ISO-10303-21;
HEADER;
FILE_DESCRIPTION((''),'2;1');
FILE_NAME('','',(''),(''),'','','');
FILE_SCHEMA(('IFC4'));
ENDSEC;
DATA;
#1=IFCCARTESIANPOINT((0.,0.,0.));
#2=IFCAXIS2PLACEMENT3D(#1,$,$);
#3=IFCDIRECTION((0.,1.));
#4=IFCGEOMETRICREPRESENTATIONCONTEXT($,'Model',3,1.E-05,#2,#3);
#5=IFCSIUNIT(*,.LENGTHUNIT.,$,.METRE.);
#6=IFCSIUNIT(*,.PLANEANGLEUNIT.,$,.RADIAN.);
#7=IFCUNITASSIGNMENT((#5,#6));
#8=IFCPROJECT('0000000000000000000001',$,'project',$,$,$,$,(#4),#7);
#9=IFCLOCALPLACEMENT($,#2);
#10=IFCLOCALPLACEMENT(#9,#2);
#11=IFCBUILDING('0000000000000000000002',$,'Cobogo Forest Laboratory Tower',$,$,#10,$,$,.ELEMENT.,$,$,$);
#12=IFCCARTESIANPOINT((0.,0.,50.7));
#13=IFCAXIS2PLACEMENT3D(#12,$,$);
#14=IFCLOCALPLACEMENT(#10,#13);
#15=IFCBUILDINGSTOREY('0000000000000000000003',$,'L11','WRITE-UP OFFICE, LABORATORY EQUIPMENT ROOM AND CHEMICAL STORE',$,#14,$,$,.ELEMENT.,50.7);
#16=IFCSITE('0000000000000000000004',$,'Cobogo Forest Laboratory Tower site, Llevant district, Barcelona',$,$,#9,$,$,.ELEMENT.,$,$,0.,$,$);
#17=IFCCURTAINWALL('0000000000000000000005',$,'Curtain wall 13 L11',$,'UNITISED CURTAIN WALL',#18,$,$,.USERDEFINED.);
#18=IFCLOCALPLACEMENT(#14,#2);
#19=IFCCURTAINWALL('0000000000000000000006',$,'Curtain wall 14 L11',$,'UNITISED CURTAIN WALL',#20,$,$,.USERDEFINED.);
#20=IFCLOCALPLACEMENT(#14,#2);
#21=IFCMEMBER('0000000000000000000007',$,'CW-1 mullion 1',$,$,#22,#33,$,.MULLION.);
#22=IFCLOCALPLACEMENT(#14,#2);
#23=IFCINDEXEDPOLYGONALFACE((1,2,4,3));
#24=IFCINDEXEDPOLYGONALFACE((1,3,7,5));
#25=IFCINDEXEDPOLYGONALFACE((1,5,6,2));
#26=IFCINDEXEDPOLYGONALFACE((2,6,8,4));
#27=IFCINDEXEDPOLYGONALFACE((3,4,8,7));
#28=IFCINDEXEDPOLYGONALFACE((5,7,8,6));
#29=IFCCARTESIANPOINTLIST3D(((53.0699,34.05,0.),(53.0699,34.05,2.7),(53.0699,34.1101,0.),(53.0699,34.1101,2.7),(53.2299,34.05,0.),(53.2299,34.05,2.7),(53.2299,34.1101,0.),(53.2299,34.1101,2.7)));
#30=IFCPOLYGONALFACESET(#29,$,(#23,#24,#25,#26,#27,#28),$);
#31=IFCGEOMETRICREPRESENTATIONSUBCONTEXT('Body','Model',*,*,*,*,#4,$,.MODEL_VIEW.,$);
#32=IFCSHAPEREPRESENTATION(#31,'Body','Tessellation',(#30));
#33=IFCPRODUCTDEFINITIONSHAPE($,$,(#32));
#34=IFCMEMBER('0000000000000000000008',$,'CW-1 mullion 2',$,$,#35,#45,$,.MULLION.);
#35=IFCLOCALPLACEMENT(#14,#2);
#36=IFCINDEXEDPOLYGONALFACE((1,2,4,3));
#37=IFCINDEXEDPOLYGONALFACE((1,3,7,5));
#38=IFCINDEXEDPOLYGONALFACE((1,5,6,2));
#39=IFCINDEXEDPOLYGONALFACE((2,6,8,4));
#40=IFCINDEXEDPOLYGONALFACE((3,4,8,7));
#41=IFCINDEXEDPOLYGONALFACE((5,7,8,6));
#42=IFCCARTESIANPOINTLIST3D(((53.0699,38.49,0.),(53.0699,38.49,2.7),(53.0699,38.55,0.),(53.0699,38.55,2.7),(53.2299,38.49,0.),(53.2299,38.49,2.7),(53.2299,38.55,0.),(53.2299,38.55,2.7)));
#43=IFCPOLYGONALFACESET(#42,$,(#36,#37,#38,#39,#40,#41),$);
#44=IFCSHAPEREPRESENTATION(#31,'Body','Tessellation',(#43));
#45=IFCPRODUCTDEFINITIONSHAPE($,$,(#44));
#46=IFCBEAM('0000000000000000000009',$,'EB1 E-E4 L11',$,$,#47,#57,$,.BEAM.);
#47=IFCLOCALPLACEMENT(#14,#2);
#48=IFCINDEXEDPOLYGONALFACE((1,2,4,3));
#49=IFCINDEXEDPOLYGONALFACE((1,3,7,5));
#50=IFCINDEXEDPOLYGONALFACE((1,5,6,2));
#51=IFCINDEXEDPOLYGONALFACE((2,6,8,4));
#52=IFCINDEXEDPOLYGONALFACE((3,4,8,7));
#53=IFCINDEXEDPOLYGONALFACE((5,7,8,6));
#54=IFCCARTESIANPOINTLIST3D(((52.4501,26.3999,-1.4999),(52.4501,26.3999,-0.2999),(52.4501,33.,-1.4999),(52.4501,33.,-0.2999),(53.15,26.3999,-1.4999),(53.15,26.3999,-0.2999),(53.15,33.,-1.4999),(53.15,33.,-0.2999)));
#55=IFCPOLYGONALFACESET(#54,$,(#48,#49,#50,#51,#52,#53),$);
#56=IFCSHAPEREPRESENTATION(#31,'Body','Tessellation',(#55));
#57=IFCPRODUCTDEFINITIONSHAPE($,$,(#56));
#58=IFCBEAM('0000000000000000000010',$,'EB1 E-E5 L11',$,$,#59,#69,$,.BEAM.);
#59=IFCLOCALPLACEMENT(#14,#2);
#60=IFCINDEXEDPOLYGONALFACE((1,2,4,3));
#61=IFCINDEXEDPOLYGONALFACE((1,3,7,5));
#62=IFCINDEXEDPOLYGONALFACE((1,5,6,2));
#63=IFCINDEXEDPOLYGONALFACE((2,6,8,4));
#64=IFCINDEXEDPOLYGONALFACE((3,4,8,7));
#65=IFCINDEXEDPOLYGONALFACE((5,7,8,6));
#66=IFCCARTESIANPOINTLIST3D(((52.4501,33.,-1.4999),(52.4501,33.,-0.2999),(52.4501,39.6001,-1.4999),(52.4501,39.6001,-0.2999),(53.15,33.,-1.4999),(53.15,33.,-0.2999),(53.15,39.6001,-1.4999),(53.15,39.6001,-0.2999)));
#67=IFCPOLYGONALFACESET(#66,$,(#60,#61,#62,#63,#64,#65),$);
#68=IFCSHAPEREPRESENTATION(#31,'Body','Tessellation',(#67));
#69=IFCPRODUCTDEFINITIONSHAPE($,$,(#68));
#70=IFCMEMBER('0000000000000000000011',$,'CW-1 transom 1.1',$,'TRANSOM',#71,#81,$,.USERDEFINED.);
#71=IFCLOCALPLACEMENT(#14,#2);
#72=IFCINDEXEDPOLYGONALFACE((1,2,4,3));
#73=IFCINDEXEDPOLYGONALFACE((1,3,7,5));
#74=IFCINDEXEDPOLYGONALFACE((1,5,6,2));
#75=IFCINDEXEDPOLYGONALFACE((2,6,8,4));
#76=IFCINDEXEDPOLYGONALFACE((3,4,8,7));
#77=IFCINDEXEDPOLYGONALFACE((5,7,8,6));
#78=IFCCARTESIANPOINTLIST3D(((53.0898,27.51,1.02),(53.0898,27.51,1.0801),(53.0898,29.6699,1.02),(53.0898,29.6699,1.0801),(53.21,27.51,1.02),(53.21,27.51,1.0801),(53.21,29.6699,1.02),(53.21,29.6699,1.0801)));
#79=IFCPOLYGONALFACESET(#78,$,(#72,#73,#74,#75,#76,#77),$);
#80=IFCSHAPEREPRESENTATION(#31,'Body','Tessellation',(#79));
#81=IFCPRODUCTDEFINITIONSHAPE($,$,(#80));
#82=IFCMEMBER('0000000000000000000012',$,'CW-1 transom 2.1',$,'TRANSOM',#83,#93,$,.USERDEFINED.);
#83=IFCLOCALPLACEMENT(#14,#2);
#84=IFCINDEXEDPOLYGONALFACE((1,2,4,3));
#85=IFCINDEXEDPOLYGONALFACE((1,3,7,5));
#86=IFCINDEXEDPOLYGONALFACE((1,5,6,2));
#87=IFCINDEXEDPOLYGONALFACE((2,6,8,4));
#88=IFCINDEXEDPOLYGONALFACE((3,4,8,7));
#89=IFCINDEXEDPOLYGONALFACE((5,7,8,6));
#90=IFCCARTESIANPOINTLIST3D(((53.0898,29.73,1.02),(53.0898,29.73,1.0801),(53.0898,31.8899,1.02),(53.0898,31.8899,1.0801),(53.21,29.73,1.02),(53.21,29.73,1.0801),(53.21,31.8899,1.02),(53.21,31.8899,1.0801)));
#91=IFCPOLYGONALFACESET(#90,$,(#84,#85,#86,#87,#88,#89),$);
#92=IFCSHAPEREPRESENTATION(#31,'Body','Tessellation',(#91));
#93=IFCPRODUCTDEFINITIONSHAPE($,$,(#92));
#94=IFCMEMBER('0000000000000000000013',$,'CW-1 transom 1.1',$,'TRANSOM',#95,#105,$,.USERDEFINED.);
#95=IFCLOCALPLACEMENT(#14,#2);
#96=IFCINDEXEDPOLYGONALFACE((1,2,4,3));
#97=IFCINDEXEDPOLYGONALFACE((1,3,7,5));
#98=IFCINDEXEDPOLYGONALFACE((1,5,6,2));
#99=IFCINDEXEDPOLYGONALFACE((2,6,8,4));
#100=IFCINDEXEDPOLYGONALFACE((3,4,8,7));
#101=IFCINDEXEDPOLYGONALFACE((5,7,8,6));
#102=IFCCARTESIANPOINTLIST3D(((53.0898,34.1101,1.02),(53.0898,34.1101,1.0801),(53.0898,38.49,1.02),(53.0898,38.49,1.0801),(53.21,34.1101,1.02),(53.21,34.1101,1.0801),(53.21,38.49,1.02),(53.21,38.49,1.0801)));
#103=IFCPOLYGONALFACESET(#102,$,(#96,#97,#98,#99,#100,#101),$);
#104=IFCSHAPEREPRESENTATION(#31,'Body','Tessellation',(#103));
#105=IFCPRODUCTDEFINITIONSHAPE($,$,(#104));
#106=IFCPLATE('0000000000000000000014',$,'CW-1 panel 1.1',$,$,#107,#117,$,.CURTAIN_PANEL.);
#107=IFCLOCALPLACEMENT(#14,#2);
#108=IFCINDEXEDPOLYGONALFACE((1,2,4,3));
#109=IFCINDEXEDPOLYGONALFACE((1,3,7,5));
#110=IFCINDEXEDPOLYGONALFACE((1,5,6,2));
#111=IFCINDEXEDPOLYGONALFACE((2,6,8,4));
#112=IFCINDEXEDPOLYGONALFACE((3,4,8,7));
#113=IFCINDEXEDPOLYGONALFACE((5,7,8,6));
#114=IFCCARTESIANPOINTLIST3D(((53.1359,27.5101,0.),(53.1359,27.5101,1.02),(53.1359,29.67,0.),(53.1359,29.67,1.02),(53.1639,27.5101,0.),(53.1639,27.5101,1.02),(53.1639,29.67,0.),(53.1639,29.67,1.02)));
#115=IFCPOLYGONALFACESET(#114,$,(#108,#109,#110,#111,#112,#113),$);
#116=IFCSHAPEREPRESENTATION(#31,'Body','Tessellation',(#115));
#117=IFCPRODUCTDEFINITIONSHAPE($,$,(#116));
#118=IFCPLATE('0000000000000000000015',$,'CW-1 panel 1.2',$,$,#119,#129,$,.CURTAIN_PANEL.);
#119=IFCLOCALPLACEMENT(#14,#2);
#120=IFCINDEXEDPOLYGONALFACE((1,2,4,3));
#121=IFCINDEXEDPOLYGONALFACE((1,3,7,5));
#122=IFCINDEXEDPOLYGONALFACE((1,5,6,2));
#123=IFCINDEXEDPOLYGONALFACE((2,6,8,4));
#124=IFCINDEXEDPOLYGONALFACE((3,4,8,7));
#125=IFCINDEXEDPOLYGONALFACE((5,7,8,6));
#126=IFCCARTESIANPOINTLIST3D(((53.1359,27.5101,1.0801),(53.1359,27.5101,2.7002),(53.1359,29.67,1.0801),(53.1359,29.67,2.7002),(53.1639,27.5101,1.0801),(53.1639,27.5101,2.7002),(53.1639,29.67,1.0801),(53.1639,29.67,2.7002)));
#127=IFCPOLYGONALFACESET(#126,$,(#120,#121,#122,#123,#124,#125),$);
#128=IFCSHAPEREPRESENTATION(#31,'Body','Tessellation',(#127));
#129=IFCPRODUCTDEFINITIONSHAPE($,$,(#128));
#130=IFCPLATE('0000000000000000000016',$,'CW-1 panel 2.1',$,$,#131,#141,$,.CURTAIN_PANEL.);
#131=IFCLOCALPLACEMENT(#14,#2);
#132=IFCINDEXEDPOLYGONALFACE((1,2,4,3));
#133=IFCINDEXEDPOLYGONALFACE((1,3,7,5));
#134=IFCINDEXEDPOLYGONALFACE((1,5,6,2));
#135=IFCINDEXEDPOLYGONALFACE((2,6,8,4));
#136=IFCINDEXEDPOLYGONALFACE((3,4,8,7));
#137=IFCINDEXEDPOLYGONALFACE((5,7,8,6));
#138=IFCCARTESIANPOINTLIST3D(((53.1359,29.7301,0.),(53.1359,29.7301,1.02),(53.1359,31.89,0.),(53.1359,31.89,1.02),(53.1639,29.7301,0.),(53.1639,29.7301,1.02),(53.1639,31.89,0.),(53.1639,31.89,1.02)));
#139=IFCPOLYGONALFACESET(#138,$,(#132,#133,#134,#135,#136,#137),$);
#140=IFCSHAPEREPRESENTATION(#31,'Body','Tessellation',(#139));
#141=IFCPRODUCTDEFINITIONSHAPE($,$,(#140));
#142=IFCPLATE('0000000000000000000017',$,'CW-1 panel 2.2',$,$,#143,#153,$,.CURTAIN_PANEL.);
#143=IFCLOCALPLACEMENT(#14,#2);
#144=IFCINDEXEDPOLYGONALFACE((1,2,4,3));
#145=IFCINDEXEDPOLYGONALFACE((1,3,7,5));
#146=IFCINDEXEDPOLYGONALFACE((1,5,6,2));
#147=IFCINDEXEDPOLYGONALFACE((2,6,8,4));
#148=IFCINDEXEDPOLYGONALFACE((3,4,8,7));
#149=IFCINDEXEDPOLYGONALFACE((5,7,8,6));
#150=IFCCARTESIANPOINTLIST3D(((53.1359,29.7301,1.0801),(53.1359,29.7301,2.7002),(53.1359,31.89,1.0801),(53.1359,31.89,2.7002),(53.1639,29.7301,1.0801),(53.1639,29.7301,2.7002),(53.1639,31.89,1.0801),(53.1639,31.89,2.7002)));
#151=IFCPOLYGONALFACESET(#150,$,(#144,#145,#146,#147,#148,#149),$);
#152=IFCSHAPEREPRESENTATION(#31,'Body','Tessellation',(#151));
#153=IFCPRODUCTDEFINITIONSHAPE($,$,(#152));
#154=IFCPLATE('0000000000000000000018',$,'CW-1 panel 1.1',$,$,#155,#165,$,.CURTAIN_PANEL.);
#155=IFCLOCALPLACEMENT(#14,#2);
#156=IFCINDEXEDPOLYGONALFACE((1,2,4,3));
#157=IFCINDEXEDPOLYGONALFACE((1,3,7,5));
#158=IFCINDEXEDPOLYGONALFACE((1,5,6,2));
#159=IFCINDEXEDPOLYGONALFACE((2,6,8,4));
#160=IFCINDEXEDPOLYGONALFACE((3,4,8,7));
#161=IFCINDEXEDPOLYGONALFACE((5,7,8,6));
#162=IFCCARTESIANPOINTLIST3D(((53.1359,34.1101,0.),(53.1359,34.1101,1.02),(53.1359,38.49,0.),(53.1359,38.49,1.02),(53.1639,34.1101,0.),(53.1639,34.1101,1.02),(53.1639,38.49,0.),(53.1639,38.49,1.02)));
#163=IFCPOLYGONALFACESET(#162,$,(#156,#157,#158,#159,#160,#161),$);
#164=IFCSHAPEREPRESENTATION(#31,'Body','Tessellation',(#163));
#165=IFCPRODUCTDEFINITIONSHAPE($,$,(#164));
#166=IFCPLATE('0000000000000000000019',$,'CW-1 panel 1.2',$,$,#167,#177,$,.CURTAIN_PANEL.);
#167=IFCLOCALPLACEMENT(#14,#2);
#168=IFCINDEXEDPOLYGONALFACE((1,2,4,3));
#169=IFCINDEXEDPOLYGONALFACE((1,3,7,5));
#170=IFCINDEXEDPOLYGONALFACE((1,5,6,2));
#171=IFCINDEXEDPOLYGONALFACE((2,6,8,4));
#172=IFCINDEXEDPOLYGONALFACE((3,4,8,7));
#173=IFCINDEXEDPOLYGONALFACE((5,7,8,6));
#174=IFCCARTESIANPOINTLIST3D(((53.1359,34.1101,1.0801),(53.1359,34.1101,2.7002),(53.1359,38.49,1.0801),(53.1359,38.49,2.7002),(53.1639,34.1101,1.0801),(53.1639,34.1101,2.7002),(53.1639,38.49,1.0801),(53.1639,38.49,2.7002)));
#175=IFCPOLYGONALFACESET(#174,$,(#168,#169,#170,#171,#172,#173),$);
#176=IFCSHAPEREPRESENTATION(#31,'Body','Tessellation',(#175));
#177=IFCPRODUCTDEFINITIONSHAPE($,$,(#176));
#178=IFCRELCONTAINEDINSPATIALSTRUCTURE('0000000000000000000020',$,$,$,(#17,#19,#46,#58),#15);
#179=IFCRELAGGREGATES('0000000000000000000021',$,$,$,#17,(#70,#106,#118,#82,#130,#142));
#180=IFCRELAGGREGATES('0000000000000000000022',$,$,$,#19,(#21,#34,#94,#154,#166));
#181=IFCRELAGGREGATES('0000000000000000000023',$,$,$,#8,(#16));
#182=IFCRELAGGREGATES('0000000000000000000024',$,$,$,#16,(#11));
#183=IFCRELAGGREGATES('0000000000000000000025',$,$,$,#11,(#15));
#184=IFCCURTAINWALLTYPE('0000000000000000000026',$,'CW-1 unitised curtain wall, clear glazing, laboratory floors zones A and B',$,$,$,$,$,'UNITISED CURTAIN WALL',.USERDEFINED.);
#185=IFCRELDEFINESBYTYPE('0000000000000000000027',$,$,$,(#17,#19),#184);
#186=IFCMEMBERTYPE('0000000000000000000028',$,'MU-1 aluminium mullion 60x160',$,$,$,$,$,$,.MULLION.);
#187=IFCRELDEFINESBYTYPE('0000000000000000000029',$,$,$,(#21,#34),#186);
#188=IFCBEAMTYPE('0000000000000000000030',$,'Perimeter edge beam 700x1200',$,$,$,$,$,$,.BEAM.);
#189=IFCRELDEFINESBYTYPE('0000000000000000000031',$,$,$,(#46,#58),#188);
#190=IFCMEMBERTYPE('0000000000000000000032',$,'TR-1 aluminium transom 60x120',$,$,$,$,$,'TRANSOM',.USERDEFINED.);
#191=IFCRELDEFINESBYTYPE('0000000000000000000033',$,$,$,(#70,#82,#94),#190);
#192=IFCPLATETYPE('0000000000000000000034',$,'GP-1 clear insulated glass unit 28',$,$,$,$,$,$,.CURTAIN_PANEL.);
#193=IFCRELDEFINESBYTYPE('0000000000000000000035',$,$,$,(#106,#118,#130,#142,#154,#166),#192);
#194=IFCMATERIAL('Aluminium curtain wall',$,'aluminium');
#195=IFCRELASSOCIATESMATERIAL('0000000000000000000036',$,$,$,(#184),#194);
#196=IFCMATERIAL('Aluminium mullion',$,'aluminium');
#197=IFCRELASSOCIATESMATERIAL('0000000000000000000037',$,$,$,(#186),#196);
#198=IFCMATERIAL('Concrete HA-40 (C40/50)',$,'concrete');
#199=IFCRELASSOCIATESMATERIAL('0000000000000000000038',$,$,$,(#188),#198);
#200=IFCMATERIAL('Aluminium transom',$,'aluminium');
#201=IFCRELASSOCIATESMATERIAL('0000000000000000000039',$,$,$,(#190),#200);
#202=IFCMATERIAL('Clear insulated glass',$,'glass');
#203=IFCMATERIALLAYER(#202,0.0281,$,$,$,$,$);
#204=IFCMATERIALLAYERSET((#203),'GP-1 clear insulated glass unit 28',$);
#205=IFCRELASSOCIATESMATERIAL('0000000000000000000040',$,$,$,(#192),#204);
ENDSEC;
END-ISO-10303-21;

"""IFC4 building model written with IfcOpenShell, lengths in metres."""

from ifc_helpers import new_model, si_unit, direction, frame, origin, origin_2d, place, context, subcontext, project, spatial, rectangle, extrude, material, layer, layer_set, material_profile, profile_set, type_object, element, aggregate, save


model = new_model("IFC4")

# Units and contexts
model_context = context("Model", 3, precision=1e-05, world=origin(), true_north=direction((0.0, 1.0)))
body_context = subcontext(model_context, "Body", "Model", "MODEL_VIEW")
ifc_project = project(units=[si_unit("LENGTHUNIT", "METRE"), si_unit("PLANEANGLEUNIT", "RADIAN")], contexts=[model_context])

# Site, building, storey
site_placement = place(None, origin())
site = spatial("IfcSite", under=ifc_project, at=site_placement, Name="Cobogo Forest Laboratory Tower site, Llevant district, Barcelona", CompositionType="ELEMENT", RefElevation=0.0)
building_placement = place(site_placement, origin())
building = spatial("IfcBuilding", under=site, at=building_placement, Name="Cobogo Forest Laboratory Tower", CompositionType="ELEMENT")
storey_placement = place(building_placement, frame((0.0, 0.0, 50.7)))
storey = spatial("IfcBuildingStorey", under=building, at=storey_placement, Name="L11", Description="WRITE-UP OFFICE, LABORATORY EQUIPMENT ROOM AND CHEMICAL STORE", CompositionType="ELEMENT", Elevation=50.7)

# Shared definitions
ifc_material_1 = material(Name="Concrete HA-40 (C40/50)", Category="concrete")

# Curtain walls, members
ifc_material_2 = material(Name="Aluminium curtain wall", Category="aluminium")
curtain_wall_type = type_object("IfcCurtainWallType", Name="CW-1 unitised curtain wall, clear glazing, laboratory floors zones A and B", ElementType="UNITISED CURTAIN WALL", PredefinedType="USERDEFINED", material=ifc_material_2)
curtain_wall_1_placement = place(storey_placement, origin())
curtain_wall_1 = element("IfcCurtainWall", 1, at=curtain_wall_1_placement, inside=storey, type_object=curtain_wall_type, Name="Curtain wall 13 L11", ObjectType="UNITISED CURTAIN WALL", PredefinedType="USERDEFINED")
ifc_material_3 = material(Name="Aluminium mullion", Category="aluminium")
ifc_material_profile_1 = material_profile(ifc_material_3, rectangle(XDim=0.0601, YDim=0.1599, at=origin_2d()), Name="AL 60x160")
ifc_profile_set_1 = profile_set([ifc_material_profile_1], Name="Aluminium mullion")
member_type_1 = type_object("IfcMemberType", Name="MU-1 aluminium mullion 60x160", PredefinedType="MULLION", material=ifc_profile_set_1)
curtain_wall_2_placement = place(storey_placement, origin())
curtain_wall_2 = element("IfcCurtainWall", 2, at=curtain_wall_2_placement, inside=storey, type_object=curtain_wall_type, Name="Curtain wall 14 L11", ObjectType="UNITISED CURTAIN WALL", PredefinedType="USERDEFINED")
member_1_placement = place(storey_placement, frame((53.1499, 34.0801, 0.0), z_axis=(0.0, 0.0, 1.0), x_axis=(0.0, 1.0, 0.0)))
member_1 = element("IfcMember", 3, at=member_1_placement, type_object=member_type_1, Name="CW-1 mullion 1", PredefinedType="MULLION", context=body_context, shape_type="SweptSolid", body=[
    extrude(rectangle(XDim=0.0601, YDim=0.1599, at=origin_2d()), origin(), (0.0, 0.0, 1.0), 2.7),
])
member_2_placement = place(storey_placement, frame((53.1499, 38.52, 0.0), z_axis=(0.0, 0.0, 1.0), x_axis=(0.0, 1.0, 0.0)))
member_2 = element("IfcMember", 4, at=member_2_placement, type_object=member_type_1, Name="CW-1 mullion 2", PredefinedType="MULLION", context=body_context, shape_type="SweptSolid", body=[
    extrude(rectangle(XDim=0.0601, YDim=0.1599, at=origin_2d()), origin(), (0.0, 0.0, 1.0), 2.7),
])

# Beams
ifc_material_profile_2 = material_profile(ifc_material_1, rectangle(XDim=0.7, YDim=1.2, at=origin_2d()), Name="RC 700x1200")
ifc_profile_set_2 = profile_set([ifc_material_profile_2], Name="Concrete HA-40 (C40/50)")
beam_type_1 = type_object("IfcBeamType", Name="Perimeter edge beam 700x1200", PredefinedType="BEAM", material=ifc_profile_set_2)
for number, where, z_axis, x_axis, name in (
    (5, (52.8, 26.3999, -0.8999), (0.0, 1.0, 0.0), (-1.0, 0.0, 0.0), "EB1 E-E4 L11"),
    (6, (52.8, 33.0, -0.8999), (0.0, 1.0, 0.0), (-1.0, 0.0, 0.0), "EB1 E-E5 L11"),
):
    element("IfcBeam", number, at=place(storey_placement, frame(where, z_axis=z_axis, x_axis=x_axis)), inside=storey, type_object=beam_type_1, Name=name, PredefinedType="BEAM", context=body_context, shape_type="SweptSolid", body=[
        extrude(rectangle(XDim=0.7, YDim=1.2, at=origin_2d()), origin(), (0.0, 0.0, 1.0), 6.6001),
    ])

# Members
ifc_material_4 = material(Name="Aluminium transom", Category="aluminium")
ifc_material_profile_3 = material_profile(ifc_material_4, rectangle(XDim=0.1201, YDim=0.0601, at=origin_2d()), Name="AL 60x120")
ifc_profile_set_3 = profile_set([ifc_material_profile_3], Name="Aluminium transom")
member_type_2 = type_object("IfcMemberType", Name="TR-1 aluminium transom 60x120", ElementType="TRANSOM", PredefinedType="USERDEFINED", material=ifc_profile_set_3)
member_3_placement = place(storey_placement, frame((53.1499, 27.51, 1.05), z_axis=(0.0, 1.0, 0.0), x_axis=(-1.0, 0.0, 0.0)))
member_3 = element("IfcMember", 7, at=member_3_placement, type_object=member_type_2, Name="CW-1 transom 1.1", ObjectType="TRANSOM", PredefinedType="USERDEFINED", context=body_context, shape_type="SweptSolid", body=[
    extrude(rectangle(XDim=0.1201, YDim=0.0601, at=origin_2d()), origin(), (0.0, 0.0, 1.0), 2.1599),
])
member_4_placement = place(storey_placement, frame((53.1499, 29.73, 1.05), z_axis=(0.0, 1.0, 0.0), x_axis=(-1.0, 0.0, 0.0)))
member_4 = element("IfcMember", 8, at=member_4_placement, type_object=member_type_2, Name="CW-1 transom 2.1", ObjectType="TRANSOM", PredefinedType="USERDEFINED", context=body_context, shape_type="SweptSolid", body=[
    extrude(rectangle(XDim=0.1201, YDim=0.0601, at=origin_2d()), origin(), (0.0, 0.0, 1.0), 2.1599),
])
member_5_placement = place(storey_placement, frame((53.1499, 34.1101, 1.05), z_axis=(0.0, 1.0, 0.0), x_axis=(-1.0, 0.0, 0.0)))
member_5 = element("IfcMember", 9, at=member_5_placement, type_object=member_type_2, Name="CW-1 transom 1.1", ObjectType="TRANSOM", PredefinedType="USERDEFINED", context=body_context, shape_type="SweptSolid", body=[
    extrude(rectangle(XDim=0.1201, YDim=0.0601, at=origin_2d()), origin(), (0.0, 0.0, 1.0), 4.3799),
])

# Plates
ifc_material_5 = material(Name="Clear insulated glass", Category="glass")
ifc_layer_1 = layer(ifc_material_5, 0.0281)
ifc_layer_set_1 = layer_set([ifc_layer_1], Name="GP-1 clear insulated glass unit 28")
plate_type_1 = type_object("IfcPlateType", Name="GP-1 clear insulated glass unit 28", PredefinedType="CURTAIN_PANEL", material=ifc_layer_set_1)
plate_1_placement = place(storey_placement, frame((53.1499, 28.5901, 0.0), z_axis=(0.0, 0.0, 1.0), x_axis=(0.0, 1.0, 0.0)))
plate_1 = element("IfcPlate", 10, at=plate_1_placement, type_object=plate_type_1, Name="CW-1 panel 1.1", PredefinedType="CURTAIN_PANEL", context=body_context, shape_type="SweptSolid", body=[
    extrude(rectangle(XDim=2.1599, YDim=0.0281, at=origin_2d()), origin(), (0.0, 0.0, 1.0), 1.02),
])
plate_2_placement = place(storey_placement, frame((53.1499, 28.5901, 1.0801), z_axis=(0.0, 0.0, 1.0), x_axis=(0.0, 1.0, 0.0)))
plate_2 = element("IfcPlate", 11, at=plate_2_placement, type_object=plate_type_1, Name="CW-1 panel 1.2", PredefinedType="CURTAIN_PANEL", context=body_context, shape_type="SweptSolid", body=[
    extrude(rectangle(XDim=2.1599, YDim=0.0281, at=origin_2d()), origin(), (0.0, 0.0, 1.0), 1.6201),
])
plate_3_placement = place(storey_placement, frame((53.1499, 30.8101, 0.0), z_axis=(0.0, 0.0, 1.0), x_axis=(0.0, 1.0, 0.0)))
plate_3 = element("IfcPlate", 12, at=plate_3_placement, type_object=plate_type_1, Name="CW-1 panel 2.1", PredefinedType="CURTAIN_PANEL", context=body_context, shape_type="SweptSolid", body=[
    extrude(rectangle(XDim=2.1599, YDim=0.0281, at=origin_2d()), origin(), (0.0, 0.0, 1.0), 1.02),
])
plate_4_placement = place(storey_placement, frame((53.1499, 30.8101, 1.0801), z_axis=(0.0, 0.0, 1.0), x_axis=(0.0, 1.0, 0.0)))
plate_4 = element("IfcPlate", 13, at=plate_4_placement, type_object=plate_type_1, Name="CW-1 panel 2.2", PredefinedType="CURTAIN_PANEL", context=body_context, shape_type="SweptSolid", body=[
    extrude(rectangle(XDim=2.1599, YDim=0.0281, at=origin_2d()), origin(), (0.0, 0.0, 1.0), 1.6201),
])
aggregate(curtain_wall_1, [member_3, plate_1, plate_2, member_4, plate_3, plate_4])
plate_5_placement = place(storey_placement, frame((53.1499, 36.3, 0.0), z_axis=(0.0, 0.0, 1.0), x_axis=(0.0, 1.0, 0.0)))
plate_5 = element("IfcPlate", 14, at=plate_5_placement, type_object=plate_type_1, Name="CW-1 panel 1.1", PredefinedType="CURTAIN_PANEL", context=body_context, shape_type="SweptSolid", body=[
    extrude(rectangle(XDim=4.3799, YDim=0.0281, at=origin_2d()), origin(), (0.0, 0.0, 1.0), 1.02),
])
plate_6_placement = place(storey_placement, frame((53.1499, 36.3, 1.0801), z_axis=(0.0, 0.0, 1.0), x_axis=(0.0, 1.0, 0.0)))
plate_6 = element("IfcPlate", 15, at=plate_6_placement, type_object=plate_type_1, Name="CW-1 panel 1.2", PredefinedType="CURTAIN_PANEL", context=body_context, shape_type="SweptSolid", body=[
    extrude(rectangle(XDim=4.3799, YDim=0.0281, at=origin_2d()), origin(), (0.0, 0.0, 1.0), 1.6201),
])
aggregate(curtain_wall_2, [member_1, member_2, member_5, plate_5, plate_6])

save(model, "model.ifc")
